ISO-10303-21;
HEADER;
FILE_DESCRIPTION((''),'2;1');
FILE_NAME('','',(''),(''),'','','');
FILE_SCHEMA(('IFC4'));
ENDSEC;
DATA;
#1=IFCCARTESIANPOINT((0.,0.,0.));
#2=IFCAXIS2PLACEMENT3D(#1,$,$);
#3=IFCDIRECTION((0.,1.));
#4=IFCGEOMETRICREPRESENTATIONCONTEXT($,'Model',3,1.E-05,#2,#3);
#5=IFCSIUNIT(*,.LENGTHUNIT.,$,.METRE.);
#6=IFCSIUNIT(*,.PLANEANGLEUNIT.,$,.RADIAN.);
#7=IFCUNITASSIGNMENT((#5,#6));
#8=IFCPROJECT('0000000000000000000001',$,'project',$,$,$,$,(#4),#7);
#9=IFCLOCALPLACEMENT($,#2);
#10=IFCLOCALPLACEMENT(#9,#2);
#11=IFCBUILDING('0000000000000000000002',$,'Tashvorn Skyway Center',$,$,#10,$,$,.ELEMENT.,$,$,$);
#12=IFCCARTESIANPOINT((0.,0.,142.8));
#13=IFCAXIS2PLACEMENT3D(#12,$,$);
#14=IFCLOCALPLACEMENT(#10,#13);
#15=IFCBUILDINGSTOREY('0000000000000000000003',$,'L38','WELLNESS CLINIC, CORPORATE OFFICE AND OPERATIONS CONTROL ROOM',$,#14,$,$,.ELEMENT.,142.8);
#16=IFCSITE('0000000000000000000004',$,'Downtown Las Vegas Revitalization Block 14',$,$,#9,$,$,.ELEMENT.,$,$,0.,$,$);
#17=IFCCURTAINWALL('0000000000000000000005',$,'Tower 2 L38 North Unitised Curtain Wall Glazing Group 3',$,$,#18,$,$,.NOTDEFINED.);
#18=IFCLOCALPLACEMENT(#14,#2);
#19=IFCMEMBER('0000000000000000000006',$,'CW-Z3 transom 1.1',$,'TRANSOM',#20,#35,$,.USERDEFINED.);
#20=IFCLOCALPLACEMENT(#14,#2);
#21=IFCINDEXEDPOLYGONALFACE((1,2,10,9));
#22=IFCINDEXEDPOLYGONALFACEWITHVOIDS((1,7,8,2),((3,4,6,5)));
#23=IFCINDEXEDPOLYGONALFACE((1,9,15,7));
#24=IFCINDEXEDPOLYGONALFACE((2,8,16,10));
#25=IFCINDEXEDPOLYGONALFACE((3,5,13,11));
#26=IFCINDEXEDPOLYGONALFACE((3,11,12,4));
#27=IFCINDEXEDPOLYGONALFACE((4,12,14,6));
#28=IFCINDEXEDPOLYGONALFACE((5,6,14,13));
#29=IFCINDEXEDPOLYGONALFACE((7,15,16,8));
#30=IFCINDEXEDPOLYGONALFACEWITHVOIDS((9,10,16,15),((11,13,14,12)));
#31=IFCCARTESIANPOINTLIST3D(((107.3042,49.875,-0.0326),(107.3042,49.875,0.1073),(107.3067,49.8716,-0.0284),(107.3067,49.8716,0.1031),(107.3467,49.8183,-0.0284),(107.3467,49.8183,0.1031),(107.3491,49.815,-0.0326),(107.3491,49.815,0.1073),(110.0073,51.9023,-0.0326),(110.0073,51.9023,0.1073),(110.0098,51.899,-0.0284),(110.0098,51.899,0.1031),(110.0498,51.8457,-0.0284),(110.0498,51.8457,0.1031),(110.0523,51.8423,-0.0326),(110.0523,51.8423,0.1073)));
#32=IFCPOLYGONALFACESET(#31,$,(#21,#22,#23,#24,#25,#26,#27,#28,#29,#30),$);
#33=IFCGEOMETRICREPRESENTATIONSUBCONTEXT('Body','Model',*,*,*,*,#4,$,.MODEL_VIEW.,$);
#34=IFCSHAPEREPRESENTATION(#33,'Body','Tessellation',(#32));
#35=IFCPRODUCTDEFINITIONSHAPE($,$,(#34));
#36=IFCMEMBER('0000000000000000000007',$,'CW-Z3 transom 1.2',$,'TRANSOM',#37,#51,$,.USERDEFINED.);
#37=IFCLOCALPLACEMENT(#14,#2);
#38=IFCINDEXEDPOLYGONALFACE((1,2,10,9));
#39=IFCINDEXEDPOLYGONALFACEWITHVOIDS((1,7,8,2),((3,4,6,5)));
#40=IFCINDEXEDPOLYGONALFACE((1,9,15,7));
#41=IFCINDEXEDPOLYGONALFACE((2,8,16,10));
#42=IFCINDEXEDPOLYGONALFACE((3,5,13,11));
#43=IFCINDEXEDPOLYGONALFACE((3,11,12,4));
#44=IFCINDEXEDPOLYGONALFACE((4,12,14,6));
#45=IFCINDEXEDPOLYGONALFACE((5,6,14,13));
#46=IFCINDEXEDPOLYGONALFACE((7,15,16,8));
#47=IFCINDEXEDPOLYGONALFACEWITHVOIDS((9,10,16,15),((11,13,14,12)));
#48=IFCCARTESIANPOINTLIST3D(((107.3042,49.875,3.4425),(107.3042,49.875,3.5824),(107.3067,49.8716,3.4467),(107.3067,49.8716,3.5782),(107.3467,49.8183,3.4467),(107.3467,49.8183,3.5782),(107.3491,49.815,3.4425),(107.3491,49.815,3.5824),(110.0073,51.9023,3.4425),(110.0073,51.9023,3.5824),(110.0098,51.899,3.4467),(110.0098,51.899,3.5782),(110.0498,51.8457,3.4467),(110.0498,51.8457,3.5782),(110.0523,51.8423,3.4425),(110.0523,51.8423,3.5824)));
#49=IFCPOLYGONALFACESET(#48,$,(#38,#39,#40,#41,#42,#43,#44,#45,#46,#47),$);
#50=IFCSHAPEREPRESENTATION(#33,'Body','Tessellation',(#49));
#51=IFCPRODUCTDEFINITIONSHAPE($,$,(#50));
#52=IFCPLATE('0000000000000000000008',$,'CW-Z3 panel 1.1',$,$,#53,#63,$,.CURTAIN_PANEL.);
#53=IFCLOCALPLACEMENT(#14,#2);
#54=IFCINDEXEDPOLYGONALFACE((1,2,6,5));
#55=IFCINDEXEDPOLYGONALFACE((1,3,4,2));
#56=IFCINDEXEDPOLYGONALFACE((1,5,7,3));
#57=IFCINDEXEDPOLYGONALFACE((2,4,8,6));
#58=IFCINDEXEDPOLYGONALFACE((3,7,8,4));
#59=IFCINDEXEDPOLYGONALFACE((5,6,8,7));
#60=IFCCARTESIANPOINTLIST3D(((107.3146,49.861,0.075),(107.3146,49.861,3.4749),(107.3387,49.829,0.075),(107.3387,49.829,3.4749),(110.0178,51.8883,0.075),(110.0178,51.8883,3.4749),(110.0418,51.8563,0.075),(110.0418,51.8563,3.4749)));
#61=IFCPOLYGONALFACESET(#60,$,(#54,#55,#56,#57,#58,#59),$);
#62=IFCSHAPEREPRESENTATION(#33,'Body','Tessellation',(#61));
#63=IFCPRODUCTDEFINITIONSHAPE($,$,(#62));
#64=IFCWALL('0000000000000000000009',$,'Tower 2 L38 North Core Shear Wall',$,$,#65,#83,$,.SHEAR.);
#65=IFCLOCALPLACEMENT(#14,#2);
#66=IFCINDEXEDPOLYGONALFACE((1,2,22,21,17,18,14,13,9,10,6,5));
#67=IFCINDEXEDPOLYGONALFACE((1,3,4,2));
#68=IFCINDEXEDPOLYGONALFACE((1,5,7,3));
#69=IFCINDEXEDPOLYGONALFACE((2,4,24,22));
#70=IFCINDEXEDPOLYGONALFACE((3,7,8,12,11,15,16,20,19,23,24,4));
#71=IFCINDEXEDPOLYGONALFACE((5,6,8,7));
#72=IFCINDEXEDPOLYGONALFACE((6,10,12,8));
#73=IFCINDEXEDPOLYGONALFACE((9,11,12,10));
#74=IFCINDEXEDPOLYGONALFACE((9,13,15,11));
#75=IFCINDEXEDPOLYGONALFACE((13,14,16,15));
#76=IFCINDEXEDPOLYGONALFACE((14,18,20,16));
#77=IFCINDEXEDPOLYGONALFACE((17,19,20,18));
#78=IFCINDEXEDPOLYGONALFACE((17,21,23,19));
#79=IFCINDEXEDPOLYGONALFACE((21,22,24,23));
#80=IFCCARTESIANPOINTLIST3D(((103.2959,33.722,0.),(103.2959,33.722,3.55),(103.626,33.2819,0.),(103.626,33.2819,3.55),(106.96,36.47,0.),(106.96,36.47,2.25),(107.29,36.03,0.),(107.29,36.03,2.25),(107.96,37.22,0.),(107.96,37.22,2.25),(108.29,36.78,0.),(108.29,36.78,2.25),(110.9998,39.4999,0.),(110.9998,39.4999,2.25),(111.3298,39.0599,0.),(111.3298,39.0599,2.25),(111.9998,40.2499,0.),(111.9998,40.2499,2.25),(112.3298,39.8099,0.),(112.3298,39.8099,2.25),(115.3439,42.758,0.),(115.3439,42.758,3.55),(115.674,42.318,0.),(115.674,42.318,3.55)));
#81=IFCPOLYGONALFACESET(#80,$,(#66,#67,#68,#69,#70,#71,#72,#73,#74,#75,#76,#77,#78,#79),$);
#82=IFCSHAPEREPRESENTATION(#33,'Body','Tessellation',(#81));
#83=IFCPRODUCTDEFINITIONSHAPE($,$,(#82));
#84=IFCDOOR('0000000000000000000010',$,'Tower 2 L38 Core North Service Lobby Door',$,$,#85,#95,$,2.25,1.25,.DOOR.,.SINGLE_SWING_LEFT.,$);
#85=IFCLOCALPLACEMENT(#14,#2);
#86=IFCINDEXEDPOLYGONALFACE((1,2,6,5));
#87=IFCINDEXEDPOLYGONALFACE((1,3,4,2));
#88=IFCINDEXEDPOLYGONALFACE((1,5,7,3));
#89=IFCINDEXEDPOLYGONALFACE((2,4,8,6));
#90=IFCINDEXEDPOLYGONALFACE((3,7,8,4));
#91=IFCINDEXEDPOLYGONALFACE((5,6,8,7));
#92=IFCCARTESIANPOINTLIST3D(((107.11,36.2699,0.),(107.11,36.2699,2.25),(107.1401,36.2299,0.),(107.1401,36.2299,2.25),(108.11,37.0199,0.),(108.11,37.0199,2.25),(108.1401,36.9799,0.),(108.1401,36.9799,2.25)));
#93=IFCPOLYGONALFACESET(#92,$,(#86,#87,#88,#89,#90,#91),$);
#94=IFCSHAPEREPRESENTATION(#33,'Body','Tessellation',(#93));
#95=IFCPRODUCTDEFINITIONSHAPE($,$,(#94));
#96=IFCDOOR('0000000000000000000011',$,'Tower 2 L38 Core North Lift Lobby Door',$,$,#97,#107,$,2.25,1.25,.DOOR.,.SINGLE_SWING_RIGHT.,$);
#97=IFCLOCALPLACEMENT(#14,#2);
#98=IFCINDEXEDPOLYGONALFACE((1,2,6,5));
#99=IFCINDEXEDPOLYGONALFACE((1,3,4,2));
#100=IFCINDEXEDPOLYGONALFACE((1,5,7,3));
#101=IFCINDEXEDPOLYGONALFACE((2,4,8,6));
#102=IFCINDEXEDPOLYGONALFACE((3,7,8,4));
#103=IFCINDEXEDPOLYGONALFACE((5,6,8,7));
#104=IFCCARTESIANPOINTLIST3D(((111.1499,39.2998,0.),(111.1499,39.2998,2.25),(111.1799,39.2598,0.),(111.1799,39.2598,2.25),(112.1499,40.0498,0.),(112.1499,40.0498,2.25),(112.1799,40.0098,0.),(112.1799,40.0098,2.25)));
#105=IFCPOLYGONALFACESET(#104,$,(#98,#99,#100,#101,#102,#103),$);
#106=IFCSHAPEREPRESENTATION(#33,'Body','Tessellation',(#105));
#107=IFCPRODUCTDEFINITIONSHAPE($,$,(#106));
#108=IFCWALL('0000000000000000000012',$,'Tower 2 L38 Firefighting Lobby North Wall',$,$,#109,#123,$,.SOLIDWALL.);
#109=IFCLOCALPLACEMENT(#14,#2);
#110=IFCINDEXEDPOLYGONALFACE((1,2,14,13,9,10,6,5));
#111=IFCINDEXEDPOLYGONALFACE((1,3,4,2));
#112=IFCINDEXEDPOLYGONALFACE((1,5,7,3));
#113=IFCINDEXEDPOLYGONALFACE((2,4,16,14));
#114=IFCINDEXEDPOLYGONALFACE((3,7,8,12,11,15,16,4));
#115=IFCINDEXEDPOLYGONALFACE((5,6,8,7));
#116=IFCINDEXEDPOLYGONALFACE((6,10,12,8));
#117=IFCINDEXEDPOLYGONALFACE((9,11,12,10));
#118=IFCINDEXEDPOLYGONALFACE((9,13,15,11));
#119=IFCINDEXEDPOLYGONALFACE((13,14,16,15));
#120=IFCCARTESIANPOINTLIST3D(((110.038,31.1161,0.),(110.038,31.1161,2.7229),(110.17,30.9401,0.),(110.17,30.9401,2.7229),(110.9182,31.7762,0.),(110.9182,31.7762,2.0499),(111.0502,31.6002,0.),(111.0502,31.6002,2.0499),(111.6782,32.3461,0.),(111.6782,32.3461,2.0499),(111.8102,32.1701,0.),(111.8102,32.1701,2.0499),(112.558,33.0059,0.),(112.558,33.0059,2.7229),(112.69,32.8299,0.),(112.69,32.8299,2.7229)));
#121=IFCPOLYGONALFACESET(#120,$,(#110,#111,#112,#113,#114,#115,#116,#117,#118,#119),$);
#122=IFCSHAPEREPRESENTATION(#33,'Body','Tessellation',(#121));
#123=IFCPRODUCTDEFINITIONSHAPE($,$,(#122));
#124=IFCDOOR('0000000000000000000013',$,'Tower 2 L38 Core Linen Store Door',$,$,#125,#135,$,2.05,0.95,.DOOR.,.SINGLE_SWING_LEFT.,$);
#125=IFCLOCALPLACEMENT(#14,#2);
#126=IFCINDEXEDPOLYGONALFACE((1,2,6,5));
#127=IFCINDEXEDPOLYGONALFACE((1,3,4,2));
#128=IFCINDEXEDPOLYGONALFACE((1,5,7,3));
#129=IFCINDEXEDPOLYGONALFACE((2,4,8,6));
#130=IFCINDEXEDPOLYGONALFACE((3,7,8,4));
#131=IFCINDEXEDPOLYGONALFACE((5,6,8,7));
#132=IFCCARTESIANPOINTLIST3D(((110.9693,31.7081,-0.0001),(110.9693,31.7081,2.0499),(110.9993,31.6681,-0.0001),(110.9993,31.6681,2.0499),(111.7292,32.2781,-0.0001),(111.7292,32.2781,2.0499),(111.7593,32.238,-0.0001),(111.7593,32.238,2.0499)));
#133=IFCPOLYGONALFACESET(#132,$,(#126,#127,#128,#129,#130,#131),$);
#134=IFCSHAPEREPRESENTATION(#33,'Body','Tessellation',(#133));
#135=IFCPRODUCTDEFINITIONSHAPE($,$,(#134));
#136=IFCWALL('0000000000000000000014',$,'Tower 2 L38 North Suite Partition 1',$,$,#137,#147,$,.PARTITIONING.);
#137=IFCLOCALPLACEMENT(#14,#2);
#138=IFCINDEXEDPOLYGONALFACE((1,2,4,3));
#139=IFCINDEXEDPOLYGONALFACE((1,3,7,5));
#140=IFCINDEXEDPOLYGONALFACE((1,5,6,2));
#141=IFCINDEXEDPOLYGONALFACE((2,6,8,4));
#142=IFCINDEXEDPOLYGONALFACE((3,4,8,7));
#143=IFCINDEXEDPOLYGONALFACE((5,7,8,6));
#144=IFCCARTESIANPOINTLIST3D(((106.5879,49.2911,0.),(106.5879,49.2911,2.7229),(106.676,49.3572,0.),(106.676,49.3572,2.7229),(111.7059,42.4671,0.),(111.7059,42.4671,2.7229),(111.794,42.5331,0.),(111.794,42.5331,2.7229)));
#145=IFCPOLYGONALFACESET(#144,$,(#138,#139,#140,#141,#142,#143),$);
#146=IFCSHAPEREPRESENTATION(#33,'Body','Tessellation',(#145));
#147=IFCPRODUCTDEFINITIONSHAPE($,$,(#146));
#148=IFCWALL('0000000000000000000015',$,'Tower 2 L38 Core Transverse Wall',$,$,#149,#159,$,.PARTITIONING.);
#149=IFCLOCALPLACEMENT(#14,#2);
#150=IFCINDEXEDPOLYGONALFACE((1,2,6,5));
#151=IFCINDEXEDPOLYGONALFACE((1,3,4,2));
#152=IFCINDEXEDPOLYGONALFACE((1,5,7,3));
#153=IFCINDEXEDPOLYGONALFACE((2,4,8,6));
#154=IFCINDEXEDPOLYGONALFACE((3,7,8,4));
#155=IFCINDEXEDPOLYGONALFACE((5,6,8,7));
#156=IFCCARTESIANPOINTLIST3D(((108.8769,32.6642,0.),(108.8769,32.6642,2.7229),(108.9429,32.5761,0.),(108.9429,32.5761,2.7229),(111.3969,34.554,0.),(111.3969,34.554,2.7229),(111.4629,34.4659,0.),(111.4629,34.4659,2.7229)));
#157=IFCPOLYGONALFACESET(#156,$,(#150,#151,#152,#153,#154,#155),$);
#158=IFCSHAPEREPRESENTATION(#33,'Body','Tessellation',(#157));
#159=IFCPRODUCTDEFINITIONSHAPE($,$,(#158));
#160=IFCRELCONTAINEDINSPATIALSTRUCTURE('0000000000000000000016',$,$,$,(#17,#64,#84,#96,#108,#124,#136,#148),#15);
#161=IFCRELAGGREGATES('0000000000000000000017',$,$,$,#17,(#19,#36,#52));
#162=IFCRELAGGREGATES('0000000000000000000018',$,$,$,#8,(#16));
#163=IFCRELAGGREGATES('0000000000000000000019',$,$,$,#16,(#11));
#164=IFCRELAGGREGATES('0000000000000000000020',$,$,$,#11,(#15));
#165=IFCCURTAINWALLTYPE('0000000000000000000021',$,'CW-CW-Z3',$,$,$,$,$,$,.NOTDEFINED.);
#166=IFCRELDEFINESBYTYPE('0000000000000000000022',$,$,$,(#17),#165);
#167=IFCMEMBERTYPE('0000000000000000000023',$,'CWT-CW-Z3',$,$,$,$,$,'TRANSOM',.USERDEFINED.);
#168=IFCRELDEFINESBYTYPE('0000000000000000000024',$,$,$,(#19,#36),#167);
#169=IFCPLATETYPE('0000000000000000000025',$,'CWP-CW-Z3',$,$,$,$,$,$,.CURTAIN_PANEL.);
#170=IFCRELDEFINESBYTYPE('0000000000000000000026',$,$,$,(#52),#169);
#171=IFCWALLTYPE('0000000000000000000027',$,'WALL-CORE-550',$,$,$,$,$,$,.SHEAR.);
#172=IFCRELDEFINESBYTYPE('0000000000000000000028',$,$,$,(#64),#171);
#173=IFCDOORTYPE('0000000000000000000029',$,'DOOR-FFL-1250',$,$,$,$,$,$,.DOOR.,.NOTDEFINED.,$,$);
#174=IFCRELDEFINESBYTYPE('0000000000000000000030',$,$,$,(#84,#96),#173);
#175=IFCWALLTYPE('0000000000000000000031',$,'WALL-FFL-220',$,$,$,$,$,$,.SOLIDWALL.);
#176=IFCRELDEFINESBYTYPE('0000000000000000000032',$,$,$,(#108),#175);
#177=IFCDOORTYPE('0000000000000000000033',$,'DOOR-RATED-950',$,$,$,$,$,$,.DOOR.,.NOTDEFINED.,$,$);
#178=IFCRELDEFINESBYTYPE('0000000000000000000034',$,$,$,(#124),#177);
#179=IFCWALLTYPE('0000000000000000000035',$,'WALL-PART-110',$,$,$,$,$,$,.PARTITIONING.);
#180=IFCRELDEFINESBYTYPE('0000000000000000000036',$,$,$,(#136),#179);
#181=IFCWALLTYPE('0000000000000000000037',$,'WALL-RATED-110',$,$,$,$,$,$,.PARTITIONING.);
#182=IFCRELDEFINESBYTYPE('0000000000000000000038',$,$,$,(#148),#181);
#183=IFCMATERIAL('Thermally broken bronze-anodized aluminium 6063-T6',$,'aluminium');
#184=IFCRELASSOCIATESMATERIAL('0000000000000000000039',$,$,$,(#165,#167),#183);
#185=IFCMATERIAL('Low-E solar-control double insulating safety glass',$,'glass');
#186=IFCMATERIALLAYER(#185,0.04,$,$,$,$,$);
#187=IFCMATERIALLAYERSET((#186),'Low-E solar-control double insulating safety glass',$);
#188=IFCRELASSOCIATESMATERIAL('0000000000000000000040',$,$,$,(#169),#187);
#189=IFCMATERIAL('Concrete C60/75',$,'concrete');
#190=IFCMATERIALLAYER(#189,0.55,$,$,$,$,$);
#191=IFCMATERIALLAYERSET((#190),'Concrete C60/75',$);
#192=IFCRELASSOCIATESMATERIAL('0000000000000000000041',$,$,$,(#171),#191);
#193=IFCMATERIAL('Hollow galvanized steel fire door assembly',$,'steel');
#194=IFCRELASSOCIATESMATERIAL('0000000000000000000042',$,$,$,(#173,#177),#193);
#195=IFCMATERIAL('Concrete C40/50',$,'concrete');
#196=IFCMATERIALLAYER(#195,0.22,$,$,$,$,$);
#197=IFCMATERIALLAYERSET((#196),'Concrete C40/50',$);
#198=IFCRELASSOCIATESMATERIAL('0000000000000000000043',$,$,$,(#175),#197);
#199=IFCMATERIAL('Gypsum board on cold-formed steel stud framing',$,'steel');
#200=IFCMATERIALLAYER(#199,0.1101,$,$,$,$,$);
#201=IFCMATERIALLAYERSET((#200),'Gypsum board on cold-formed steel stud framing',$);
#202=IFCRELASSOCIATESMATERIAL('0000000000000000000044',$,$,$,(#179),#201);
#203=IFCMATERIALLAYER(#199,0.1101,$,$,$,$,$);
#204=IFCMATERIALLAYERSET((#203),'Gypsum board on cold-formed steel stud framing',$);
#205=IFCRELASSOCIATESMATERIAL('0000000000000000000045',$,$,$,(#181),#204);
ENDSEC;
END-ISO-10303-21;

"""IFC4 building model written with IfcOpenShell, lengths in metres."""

from ifc_helpers import new_model, si_unit, direction, frame, frame_2d, origin, origin_2d, place, context, subcontext, project, spatial, rectangle, hollow_rectangle, extrude, material, layer, layer_set, material_profile, profile_set, type_object, element, fill, aggregate, save


model = new_model("IFC4")

# Units and contexts
model_context = context("Model", 3, precision=1e-05, world=origin(), true_north=direction((0.0, 1.0)))
body_context = subcontext(model_context, "Body", "Model", "MODEL_VIEW")
ifc_project = project(units=[si_unit("LENGTHUNIT", "METRE"), si_unit("PLANEANGLEUNIT", "RADIAN")], contexts=[model_context])

# Site, building, storey
site_placement = place(None, origin())
site = spatial("IfcSite", under=ifc_project, at=site_placement, Name="Downtown Las Vegas Revitalization Block 14", CompositionType="ELEMENT", RefElevation=0.0)
building_placement = place(site_placement, origin())
building = spatial("IfcBuilding", under=site, at=building_placement, Name="Tashvorn Skyway Center", CompositionType="ELEMENT")
storey_placement = place(building_placement, frame((0.0, 0.0, 142.8)))
storey = spatial("IfcBuildingStorey", under=building, at=storey_placement, Name="L38", Description="WELLNESS CLINIC, CORPORATE OFFICE AND OPERATIONS CONTROL ROOM", CompositionType="ELEMENT", Elevation=142.8)

# Shared definitions
ifc_material_1 = material(Name="Concrete C60/75", Category="concrete")

# Shared definitions
ifc_material_2 = material(Name="Thermally broken bronze-anodized aluminium 6063-T6", Category="aluminium")
curtain_wall_type = type_object("IfcCurtainWallType", Name="CW-CW-Z3", PredefinedType="NOTDEFINED", material=ifc_material_2)

# Curtain wall, members, plate
curtain_wall_1_placement = place(storey_placement, origin())
curtain_wall_1 = element("IfcCurtainWall", 1, at=curtain_wall_1_placement, inside=storey, type_object=curtain_wall_type, Name="Tower 2 L38 North Unitised Curtain Wall Glazing Group 3", PredefinedType="NOTDEFINED")
ifc_material_profile_1 = material_profile(ifc_material_2, hollow_rectangle(XDim=0.075, YDim=0.1399, WallThickness=0.0042, at=origin_2d()), Name="ALU-TRAN-75x140")
ifc_profile_set_1 = profile_set([ifc_material_profile_1], Name="Thermally broken bronze-anodized aluminium 6063-T6")
member_type_1 = type_object("IfcMemberType", Name="CWT-CW-Z3", ElementType="TRANSOM", PredefinedType="USERDEFINED", material=ifc_profile_set_1)
member_1_placement = place(storey_placement, frame((107.3267, 49.845, 0.0374), z_axis=(0.8, 0.6, 0.0), x_axis=(-0.6, 0.8, 0.0)))
member_1 = element("IfcMember", 2, at=member_1_placement, type_object=member_type_1, Name="CW-Z3 transom 1.1", ObjectType="TRANSOM", PredefinedType="USERDEFINED", context=body_context, shape_type="SweptSolid", body=[
    extrude(hollow_rectangle(XDim=0.075, YDim=0.1399, WallThickness=0.0042, at=origin_2d()), origin(), (0.0, 0.0, 1.0), 3.3789),
])
member_2_placement = place(storey_placement, frame((107.3267, 49.845, 3.5125), z_axis=(0.8, 0.6, 0.0), x_axis=(-0.6, 0.8, 0.0)))
member_2 = element("IfcMember", 3, at=member_2_placement, type_object=member_type_1, Name="CW-Z3 transom 1.2", ObjectType="TRANSOM", PredefinedType="USERDEFINED", context=body_context, shape_type="SweptSolid", body=[
    extrude(hollow_rectangle(XDim=0.075, YDim=0.1399, WallThickness=0.0042, at=origin_2d()), origin(), (0.0, 0.0, 1.0), 3.3789),
])
ifc_material_3 = material(Name="Low-E solar-control double insulating safety glass", Category="glass")
ifc_layer_1 = layer(ifc_material_3, 0.04)
ifc_layer_set_1 = layer_set([ifc_layer_1], Name="Low-E solar-control double insulating safety glass")
plate_type = type_object("IfcPlateType", Name="CWP-CW-Z3", PredefinedType="CURTAIN_PANEL", material=ifc_layer_set_1)
plate_placement = place(storey_placement, frame((108.6782, 50.8586, 0.075), z_axis=(0.0, 0.0, 1.0), x_axis=(0.800003, 0.599995, 0.0)))
plate = element("IfcPlate", 4, at=plate_placement, type_object=plate_type, Name="CW-Z3 panel 1.1", PredefinedType="CURTAIN_PANEL", context=body_context, shape_type="SweptSolid", body=[
    extrude(rectangle(XDim=3.3789, YDim=0.04, at=origin_2d()), origin(), (0.0, 0.0, 1.0), 3.3999),
])
aggregate(curtain_wall_1, [member_1, member_2, plate])

# Wall, openings, doors
ifc_layer_2 = layer(ifc_material_1, 0.55)
ifc_layer_set_2 = layer_set([ifc_layer_2], Name="Concrete C60/75")
wall_type_1 = type_object("IfcWallType", Name="WALL-CORE-550", PredefinedType="SHEAR", material=ifc_layer_set_2)
wall_1_placement = place(storey_placement, frame((103.4609, 33.502, 0.0), z_axis=(0.0, 0.0, 1.0), x_axis=(0.799998, 0.600003, 0.0)))
wall_1 = element("IfcWall", 5, at=wall_1_placement, inside=storey, type_object=wall_type_1, Name="Tower 2 L38 North Core Shear Wall", PredefinedType="SHEAR", context=body_context, shape_type="SweptSolid", body=[
    extrude(rectangle(XDim=15.0601, YDim=0.55, at=frame_2d((7.53, 0.0))), origin(), (0.0, 0.0, 1.0), 3.55),
])
opening_1_placement = place(wall_1_placement, frame((4.5801, 0.0, 0.0)))
opening_1 = element("IfcOpeningElement", 6, at=opening_1_placement, cuts=wall_1, PredefinedType="OPENING", context=body_context, shape_type="SweptSolid", body=[
    extrude(rectangle(XDim=1.25, YDim=2.25, at=frame_2d((0.625, 1.125))), frame((0.0, 0.2849, 0.0), z_axis=(0.0, -1.0, 0.0), x_axis=(1.0, 0.0, 0.0)), (0.0, 0.0, 1.0), 0.5701),
])
opening_2_placement = place(wall_1_placement, frame((9.6299, 0.0, 0.0)))
opening_2 = element("IfcOpeningElement", 7, at=opening_2_placement, cuts=wall_1, PredefinedType="OPENING", context=body_context, shape_type="SweptSolid", body=[
    extrude(rectangle(XDim=1.25, YDim=2.25, at=frame_2d((0.625, 1.125))), frame((0.0, 0.2849, 0.0), z_axis=(0.0, -1.0, 0.0), x_axis=(1.0, 0.0, 0.0)), (0.0, 0.0, 1.0), 0.5701),
])
ifc_material_4 = material(Name="Hollow galvanized steel fire door assembly", Category="steel")
door_type_1 = type_object("IfcDoorType", Name="DOOR-FFL-1250", OperationType="NOTDEFINED", PredefinedType="DOOR", material=ifc_material_4)
door_1_placement = place(opening_1_placement, origin())
door_1 = element("IfcDoor", 8, at=door_1_placement, inside=storey, type_object=door_type_1, Name="Tower 2 L38 Core North Service Lobby Door", OperationType="SINGLE_SWING_LEFT", OverallHeight=2.25, OverallWidth=1.25, PredefinedType="DOOR", context=body_context, shape_type="SweptSolid", body=[
    extrude(rectangle(XDim=1.25, YDim=2.25, at=frame_2d((0.625, 1.125))), frame((0.0, 0.0249, 0.0), z_axis=(0.0, -1.0, 0.0), x_axis=(1.0, 0.0, 0.0)), (0.0, 0.0, 1.0), 0.05),
])
fill(opening_1, door_1)
door_2_placement = place(opening_2_placement, origin())
door_2 = element("IfcDoor", 9, at=door_2_placement, inside=storey, type_object=door_type_1, Name="Tower 2 L38 Core North Lift Lobby Door", OperationType="SINGLE_SWING_RIGHT", OverallHeight=2.25, OverallWidth=1.25, PredefinedType="DOOR", context=body_context, shape_type="SweptSolid", body=[
    extrude(rectangle(XDim=1.25, YDim=2.25, at=frame_2d((0.625, 1.125))), frame((0.0, 0.0249, 0.0), z_axis=(0.0, -1.0, 0.0), x_axis=(1.0, 0.0, 0.0)), (0.0, 0.0, 1.0), 0.05),
])
fill(opening_2, door_2)

# Wall, opening, door
ifc_material_5 = material(Name="Concrete C40/50", Category="concrete")
ifc_layer_3 = layer(ifc_material_5, 0.22)
ifc_layer_set_3 = layer_set([ifc_layer_3], Name="Concrete C40/50")
wall_type_2 = type_object("IfcWallType", Name="WALL-FFL-220", PredefinedType="SOLIDWALL", material=ifc_layer_set_3)
wall_2_placement = place(storey_placement, frame((110.104, 31.0281, 0.0), z_axis=(0.0, 0.0, 1.0), x_axis=(0.800019, 0.599975, 0.0)))
wall_2 = element("IfcWall", 10, at=wall_2_placement, inside=storey, type_object=wall_type_2, Name="Tower 2 L38 Firefighting Lobby North Wall", PredefinedType="SOLIDWALL", context=body_context, shape_type="SweptSolid", body=[
    extrude(rectangle(XDim=3.1499, YDim=0.22, at=frame_2d((1.575, 0.0))), origin(), (0.0, 0.0, 1.0), 2.7229),
])
opening_3_placement = place(wall_2_placement, frame((1.1001, 0.0, 0.0)))
opening_3 = element("IfcOpeningElement", 11, at=opening_3_placement, cuts=wall_2, PredefinedType="OPENING", context=body_context, shape_type="SweptSolid", body=[
    extrude(rectangle(XDim=0.95, YDim=2.05, at=frame_2d((0.4751, 1.0249))), frame((0.0, 0.1199, 0.0), z_axis=(0.0, -1.0, 0.0), x_axis=(1.0, 0.0, 0.0)), (0.0, 0.0, 1.0), 0.24),
])
door_type_2 = type_object("IfcDoorType", Name="DOOR-RATED-950", OperationType="NOTDEFINED", PredefinedType="DOOR", material=ifc_material_4)
door_3_placement = place(opening_3_placement, origin())
door_3 = element("IfcDoor", 12, at=door_3_placement, inside=storey, type_object=door_type_2, Name="Tower 2 L38 Core Linen Store Door", OperationType="SINGLE_SWING_LEFT", OverallHeight=2.05, OverallWidth=0.95, PredefinedType="DOOR", context=body_context, shape_type="SweptSolid", body=[
    extrude(rectangle(XDim=0.95, YDim=2.05, at=frame_2d((0.4751, 1.0249))), frame((0.0, 0.0249, 0.0), z_axis=(0.0, -1.0, 0.0), x_axis=(1.0, 0.0, 0.0)), (0.0, 0.0, 1.0), 0.05),
])
fill(opening_3, door_3)

# Walls
ifc_material_6 = material(Name="Gypsum board on cold-formed steel stud framing", Category="steel")
ifc_layer_4 = layer(ifc_material_6, 0.1101)
ifc_layer_set_4 = layer_set([ifc_layer_4], Name="Gypsum board on cold-formed steel stud framing")
wall_type_3 = type_object("IfcWallType", Name="WALL-PART-110", PredefinedType="PARTITIONING", material=ifc_layer_set_4)
wall_3_placement = place(storey_placement, frame((111.75, 42.5, 0.0), z_axis=(0.0, 0.0, 1.0), x_axis=(-0.599995, 0.800003, 0.0)))
element("IfcWall", 13, at=wall_3_placement, inside=storey, type_object=wall_type_3, Name="Tower 2 L38 North Suite Partition 1", PredefinedType="PARTITIONING", context=body_context, shape_type="SweptSolid", body=[
    extrude(rectangle(XDim=8.53, YDim=0.1101, at=frame_2d((4.2651, 0.0))), origin(), (0.0, 0.0, 1.0), 2.7229),
])
ifc_layer_5 = layer(ifc_material_6, 0.1101)
ifc_layer_set_5 = layer_set([ifc_layer_5], Name="Gypsum board on cold-formed steel stud framing")
wall_type_4 = type_object("IfcWallType", Name="WALL-RATED-110", PredefinedType="PARTITIONING", material=ifc_layer_set_5)
wall_4_placement = place(storey_placement, frame((108.9099, 32.6201, 0.0), z_axis=(0.0, 0.0, 1.0), x_axis=(0.800019, 0.599975, 0.0)))
element("IfcWall", 14, at=wall_4_placement, inside=storey, type_object=wall_type_4, Name="Tower 2 L38 Core Transverse Wall", PredefinedType="PARTITIONING", context=body_context, shape_type="SweptSolid", body=[
    extrude(rectangle(XDim=3.1499, YDim=0.1101, at=frame_2d((1.575, 0.0))), origin(), (0.0, 0.0, 1.0), 2.7229),
])

save(model, "model.ifc")
